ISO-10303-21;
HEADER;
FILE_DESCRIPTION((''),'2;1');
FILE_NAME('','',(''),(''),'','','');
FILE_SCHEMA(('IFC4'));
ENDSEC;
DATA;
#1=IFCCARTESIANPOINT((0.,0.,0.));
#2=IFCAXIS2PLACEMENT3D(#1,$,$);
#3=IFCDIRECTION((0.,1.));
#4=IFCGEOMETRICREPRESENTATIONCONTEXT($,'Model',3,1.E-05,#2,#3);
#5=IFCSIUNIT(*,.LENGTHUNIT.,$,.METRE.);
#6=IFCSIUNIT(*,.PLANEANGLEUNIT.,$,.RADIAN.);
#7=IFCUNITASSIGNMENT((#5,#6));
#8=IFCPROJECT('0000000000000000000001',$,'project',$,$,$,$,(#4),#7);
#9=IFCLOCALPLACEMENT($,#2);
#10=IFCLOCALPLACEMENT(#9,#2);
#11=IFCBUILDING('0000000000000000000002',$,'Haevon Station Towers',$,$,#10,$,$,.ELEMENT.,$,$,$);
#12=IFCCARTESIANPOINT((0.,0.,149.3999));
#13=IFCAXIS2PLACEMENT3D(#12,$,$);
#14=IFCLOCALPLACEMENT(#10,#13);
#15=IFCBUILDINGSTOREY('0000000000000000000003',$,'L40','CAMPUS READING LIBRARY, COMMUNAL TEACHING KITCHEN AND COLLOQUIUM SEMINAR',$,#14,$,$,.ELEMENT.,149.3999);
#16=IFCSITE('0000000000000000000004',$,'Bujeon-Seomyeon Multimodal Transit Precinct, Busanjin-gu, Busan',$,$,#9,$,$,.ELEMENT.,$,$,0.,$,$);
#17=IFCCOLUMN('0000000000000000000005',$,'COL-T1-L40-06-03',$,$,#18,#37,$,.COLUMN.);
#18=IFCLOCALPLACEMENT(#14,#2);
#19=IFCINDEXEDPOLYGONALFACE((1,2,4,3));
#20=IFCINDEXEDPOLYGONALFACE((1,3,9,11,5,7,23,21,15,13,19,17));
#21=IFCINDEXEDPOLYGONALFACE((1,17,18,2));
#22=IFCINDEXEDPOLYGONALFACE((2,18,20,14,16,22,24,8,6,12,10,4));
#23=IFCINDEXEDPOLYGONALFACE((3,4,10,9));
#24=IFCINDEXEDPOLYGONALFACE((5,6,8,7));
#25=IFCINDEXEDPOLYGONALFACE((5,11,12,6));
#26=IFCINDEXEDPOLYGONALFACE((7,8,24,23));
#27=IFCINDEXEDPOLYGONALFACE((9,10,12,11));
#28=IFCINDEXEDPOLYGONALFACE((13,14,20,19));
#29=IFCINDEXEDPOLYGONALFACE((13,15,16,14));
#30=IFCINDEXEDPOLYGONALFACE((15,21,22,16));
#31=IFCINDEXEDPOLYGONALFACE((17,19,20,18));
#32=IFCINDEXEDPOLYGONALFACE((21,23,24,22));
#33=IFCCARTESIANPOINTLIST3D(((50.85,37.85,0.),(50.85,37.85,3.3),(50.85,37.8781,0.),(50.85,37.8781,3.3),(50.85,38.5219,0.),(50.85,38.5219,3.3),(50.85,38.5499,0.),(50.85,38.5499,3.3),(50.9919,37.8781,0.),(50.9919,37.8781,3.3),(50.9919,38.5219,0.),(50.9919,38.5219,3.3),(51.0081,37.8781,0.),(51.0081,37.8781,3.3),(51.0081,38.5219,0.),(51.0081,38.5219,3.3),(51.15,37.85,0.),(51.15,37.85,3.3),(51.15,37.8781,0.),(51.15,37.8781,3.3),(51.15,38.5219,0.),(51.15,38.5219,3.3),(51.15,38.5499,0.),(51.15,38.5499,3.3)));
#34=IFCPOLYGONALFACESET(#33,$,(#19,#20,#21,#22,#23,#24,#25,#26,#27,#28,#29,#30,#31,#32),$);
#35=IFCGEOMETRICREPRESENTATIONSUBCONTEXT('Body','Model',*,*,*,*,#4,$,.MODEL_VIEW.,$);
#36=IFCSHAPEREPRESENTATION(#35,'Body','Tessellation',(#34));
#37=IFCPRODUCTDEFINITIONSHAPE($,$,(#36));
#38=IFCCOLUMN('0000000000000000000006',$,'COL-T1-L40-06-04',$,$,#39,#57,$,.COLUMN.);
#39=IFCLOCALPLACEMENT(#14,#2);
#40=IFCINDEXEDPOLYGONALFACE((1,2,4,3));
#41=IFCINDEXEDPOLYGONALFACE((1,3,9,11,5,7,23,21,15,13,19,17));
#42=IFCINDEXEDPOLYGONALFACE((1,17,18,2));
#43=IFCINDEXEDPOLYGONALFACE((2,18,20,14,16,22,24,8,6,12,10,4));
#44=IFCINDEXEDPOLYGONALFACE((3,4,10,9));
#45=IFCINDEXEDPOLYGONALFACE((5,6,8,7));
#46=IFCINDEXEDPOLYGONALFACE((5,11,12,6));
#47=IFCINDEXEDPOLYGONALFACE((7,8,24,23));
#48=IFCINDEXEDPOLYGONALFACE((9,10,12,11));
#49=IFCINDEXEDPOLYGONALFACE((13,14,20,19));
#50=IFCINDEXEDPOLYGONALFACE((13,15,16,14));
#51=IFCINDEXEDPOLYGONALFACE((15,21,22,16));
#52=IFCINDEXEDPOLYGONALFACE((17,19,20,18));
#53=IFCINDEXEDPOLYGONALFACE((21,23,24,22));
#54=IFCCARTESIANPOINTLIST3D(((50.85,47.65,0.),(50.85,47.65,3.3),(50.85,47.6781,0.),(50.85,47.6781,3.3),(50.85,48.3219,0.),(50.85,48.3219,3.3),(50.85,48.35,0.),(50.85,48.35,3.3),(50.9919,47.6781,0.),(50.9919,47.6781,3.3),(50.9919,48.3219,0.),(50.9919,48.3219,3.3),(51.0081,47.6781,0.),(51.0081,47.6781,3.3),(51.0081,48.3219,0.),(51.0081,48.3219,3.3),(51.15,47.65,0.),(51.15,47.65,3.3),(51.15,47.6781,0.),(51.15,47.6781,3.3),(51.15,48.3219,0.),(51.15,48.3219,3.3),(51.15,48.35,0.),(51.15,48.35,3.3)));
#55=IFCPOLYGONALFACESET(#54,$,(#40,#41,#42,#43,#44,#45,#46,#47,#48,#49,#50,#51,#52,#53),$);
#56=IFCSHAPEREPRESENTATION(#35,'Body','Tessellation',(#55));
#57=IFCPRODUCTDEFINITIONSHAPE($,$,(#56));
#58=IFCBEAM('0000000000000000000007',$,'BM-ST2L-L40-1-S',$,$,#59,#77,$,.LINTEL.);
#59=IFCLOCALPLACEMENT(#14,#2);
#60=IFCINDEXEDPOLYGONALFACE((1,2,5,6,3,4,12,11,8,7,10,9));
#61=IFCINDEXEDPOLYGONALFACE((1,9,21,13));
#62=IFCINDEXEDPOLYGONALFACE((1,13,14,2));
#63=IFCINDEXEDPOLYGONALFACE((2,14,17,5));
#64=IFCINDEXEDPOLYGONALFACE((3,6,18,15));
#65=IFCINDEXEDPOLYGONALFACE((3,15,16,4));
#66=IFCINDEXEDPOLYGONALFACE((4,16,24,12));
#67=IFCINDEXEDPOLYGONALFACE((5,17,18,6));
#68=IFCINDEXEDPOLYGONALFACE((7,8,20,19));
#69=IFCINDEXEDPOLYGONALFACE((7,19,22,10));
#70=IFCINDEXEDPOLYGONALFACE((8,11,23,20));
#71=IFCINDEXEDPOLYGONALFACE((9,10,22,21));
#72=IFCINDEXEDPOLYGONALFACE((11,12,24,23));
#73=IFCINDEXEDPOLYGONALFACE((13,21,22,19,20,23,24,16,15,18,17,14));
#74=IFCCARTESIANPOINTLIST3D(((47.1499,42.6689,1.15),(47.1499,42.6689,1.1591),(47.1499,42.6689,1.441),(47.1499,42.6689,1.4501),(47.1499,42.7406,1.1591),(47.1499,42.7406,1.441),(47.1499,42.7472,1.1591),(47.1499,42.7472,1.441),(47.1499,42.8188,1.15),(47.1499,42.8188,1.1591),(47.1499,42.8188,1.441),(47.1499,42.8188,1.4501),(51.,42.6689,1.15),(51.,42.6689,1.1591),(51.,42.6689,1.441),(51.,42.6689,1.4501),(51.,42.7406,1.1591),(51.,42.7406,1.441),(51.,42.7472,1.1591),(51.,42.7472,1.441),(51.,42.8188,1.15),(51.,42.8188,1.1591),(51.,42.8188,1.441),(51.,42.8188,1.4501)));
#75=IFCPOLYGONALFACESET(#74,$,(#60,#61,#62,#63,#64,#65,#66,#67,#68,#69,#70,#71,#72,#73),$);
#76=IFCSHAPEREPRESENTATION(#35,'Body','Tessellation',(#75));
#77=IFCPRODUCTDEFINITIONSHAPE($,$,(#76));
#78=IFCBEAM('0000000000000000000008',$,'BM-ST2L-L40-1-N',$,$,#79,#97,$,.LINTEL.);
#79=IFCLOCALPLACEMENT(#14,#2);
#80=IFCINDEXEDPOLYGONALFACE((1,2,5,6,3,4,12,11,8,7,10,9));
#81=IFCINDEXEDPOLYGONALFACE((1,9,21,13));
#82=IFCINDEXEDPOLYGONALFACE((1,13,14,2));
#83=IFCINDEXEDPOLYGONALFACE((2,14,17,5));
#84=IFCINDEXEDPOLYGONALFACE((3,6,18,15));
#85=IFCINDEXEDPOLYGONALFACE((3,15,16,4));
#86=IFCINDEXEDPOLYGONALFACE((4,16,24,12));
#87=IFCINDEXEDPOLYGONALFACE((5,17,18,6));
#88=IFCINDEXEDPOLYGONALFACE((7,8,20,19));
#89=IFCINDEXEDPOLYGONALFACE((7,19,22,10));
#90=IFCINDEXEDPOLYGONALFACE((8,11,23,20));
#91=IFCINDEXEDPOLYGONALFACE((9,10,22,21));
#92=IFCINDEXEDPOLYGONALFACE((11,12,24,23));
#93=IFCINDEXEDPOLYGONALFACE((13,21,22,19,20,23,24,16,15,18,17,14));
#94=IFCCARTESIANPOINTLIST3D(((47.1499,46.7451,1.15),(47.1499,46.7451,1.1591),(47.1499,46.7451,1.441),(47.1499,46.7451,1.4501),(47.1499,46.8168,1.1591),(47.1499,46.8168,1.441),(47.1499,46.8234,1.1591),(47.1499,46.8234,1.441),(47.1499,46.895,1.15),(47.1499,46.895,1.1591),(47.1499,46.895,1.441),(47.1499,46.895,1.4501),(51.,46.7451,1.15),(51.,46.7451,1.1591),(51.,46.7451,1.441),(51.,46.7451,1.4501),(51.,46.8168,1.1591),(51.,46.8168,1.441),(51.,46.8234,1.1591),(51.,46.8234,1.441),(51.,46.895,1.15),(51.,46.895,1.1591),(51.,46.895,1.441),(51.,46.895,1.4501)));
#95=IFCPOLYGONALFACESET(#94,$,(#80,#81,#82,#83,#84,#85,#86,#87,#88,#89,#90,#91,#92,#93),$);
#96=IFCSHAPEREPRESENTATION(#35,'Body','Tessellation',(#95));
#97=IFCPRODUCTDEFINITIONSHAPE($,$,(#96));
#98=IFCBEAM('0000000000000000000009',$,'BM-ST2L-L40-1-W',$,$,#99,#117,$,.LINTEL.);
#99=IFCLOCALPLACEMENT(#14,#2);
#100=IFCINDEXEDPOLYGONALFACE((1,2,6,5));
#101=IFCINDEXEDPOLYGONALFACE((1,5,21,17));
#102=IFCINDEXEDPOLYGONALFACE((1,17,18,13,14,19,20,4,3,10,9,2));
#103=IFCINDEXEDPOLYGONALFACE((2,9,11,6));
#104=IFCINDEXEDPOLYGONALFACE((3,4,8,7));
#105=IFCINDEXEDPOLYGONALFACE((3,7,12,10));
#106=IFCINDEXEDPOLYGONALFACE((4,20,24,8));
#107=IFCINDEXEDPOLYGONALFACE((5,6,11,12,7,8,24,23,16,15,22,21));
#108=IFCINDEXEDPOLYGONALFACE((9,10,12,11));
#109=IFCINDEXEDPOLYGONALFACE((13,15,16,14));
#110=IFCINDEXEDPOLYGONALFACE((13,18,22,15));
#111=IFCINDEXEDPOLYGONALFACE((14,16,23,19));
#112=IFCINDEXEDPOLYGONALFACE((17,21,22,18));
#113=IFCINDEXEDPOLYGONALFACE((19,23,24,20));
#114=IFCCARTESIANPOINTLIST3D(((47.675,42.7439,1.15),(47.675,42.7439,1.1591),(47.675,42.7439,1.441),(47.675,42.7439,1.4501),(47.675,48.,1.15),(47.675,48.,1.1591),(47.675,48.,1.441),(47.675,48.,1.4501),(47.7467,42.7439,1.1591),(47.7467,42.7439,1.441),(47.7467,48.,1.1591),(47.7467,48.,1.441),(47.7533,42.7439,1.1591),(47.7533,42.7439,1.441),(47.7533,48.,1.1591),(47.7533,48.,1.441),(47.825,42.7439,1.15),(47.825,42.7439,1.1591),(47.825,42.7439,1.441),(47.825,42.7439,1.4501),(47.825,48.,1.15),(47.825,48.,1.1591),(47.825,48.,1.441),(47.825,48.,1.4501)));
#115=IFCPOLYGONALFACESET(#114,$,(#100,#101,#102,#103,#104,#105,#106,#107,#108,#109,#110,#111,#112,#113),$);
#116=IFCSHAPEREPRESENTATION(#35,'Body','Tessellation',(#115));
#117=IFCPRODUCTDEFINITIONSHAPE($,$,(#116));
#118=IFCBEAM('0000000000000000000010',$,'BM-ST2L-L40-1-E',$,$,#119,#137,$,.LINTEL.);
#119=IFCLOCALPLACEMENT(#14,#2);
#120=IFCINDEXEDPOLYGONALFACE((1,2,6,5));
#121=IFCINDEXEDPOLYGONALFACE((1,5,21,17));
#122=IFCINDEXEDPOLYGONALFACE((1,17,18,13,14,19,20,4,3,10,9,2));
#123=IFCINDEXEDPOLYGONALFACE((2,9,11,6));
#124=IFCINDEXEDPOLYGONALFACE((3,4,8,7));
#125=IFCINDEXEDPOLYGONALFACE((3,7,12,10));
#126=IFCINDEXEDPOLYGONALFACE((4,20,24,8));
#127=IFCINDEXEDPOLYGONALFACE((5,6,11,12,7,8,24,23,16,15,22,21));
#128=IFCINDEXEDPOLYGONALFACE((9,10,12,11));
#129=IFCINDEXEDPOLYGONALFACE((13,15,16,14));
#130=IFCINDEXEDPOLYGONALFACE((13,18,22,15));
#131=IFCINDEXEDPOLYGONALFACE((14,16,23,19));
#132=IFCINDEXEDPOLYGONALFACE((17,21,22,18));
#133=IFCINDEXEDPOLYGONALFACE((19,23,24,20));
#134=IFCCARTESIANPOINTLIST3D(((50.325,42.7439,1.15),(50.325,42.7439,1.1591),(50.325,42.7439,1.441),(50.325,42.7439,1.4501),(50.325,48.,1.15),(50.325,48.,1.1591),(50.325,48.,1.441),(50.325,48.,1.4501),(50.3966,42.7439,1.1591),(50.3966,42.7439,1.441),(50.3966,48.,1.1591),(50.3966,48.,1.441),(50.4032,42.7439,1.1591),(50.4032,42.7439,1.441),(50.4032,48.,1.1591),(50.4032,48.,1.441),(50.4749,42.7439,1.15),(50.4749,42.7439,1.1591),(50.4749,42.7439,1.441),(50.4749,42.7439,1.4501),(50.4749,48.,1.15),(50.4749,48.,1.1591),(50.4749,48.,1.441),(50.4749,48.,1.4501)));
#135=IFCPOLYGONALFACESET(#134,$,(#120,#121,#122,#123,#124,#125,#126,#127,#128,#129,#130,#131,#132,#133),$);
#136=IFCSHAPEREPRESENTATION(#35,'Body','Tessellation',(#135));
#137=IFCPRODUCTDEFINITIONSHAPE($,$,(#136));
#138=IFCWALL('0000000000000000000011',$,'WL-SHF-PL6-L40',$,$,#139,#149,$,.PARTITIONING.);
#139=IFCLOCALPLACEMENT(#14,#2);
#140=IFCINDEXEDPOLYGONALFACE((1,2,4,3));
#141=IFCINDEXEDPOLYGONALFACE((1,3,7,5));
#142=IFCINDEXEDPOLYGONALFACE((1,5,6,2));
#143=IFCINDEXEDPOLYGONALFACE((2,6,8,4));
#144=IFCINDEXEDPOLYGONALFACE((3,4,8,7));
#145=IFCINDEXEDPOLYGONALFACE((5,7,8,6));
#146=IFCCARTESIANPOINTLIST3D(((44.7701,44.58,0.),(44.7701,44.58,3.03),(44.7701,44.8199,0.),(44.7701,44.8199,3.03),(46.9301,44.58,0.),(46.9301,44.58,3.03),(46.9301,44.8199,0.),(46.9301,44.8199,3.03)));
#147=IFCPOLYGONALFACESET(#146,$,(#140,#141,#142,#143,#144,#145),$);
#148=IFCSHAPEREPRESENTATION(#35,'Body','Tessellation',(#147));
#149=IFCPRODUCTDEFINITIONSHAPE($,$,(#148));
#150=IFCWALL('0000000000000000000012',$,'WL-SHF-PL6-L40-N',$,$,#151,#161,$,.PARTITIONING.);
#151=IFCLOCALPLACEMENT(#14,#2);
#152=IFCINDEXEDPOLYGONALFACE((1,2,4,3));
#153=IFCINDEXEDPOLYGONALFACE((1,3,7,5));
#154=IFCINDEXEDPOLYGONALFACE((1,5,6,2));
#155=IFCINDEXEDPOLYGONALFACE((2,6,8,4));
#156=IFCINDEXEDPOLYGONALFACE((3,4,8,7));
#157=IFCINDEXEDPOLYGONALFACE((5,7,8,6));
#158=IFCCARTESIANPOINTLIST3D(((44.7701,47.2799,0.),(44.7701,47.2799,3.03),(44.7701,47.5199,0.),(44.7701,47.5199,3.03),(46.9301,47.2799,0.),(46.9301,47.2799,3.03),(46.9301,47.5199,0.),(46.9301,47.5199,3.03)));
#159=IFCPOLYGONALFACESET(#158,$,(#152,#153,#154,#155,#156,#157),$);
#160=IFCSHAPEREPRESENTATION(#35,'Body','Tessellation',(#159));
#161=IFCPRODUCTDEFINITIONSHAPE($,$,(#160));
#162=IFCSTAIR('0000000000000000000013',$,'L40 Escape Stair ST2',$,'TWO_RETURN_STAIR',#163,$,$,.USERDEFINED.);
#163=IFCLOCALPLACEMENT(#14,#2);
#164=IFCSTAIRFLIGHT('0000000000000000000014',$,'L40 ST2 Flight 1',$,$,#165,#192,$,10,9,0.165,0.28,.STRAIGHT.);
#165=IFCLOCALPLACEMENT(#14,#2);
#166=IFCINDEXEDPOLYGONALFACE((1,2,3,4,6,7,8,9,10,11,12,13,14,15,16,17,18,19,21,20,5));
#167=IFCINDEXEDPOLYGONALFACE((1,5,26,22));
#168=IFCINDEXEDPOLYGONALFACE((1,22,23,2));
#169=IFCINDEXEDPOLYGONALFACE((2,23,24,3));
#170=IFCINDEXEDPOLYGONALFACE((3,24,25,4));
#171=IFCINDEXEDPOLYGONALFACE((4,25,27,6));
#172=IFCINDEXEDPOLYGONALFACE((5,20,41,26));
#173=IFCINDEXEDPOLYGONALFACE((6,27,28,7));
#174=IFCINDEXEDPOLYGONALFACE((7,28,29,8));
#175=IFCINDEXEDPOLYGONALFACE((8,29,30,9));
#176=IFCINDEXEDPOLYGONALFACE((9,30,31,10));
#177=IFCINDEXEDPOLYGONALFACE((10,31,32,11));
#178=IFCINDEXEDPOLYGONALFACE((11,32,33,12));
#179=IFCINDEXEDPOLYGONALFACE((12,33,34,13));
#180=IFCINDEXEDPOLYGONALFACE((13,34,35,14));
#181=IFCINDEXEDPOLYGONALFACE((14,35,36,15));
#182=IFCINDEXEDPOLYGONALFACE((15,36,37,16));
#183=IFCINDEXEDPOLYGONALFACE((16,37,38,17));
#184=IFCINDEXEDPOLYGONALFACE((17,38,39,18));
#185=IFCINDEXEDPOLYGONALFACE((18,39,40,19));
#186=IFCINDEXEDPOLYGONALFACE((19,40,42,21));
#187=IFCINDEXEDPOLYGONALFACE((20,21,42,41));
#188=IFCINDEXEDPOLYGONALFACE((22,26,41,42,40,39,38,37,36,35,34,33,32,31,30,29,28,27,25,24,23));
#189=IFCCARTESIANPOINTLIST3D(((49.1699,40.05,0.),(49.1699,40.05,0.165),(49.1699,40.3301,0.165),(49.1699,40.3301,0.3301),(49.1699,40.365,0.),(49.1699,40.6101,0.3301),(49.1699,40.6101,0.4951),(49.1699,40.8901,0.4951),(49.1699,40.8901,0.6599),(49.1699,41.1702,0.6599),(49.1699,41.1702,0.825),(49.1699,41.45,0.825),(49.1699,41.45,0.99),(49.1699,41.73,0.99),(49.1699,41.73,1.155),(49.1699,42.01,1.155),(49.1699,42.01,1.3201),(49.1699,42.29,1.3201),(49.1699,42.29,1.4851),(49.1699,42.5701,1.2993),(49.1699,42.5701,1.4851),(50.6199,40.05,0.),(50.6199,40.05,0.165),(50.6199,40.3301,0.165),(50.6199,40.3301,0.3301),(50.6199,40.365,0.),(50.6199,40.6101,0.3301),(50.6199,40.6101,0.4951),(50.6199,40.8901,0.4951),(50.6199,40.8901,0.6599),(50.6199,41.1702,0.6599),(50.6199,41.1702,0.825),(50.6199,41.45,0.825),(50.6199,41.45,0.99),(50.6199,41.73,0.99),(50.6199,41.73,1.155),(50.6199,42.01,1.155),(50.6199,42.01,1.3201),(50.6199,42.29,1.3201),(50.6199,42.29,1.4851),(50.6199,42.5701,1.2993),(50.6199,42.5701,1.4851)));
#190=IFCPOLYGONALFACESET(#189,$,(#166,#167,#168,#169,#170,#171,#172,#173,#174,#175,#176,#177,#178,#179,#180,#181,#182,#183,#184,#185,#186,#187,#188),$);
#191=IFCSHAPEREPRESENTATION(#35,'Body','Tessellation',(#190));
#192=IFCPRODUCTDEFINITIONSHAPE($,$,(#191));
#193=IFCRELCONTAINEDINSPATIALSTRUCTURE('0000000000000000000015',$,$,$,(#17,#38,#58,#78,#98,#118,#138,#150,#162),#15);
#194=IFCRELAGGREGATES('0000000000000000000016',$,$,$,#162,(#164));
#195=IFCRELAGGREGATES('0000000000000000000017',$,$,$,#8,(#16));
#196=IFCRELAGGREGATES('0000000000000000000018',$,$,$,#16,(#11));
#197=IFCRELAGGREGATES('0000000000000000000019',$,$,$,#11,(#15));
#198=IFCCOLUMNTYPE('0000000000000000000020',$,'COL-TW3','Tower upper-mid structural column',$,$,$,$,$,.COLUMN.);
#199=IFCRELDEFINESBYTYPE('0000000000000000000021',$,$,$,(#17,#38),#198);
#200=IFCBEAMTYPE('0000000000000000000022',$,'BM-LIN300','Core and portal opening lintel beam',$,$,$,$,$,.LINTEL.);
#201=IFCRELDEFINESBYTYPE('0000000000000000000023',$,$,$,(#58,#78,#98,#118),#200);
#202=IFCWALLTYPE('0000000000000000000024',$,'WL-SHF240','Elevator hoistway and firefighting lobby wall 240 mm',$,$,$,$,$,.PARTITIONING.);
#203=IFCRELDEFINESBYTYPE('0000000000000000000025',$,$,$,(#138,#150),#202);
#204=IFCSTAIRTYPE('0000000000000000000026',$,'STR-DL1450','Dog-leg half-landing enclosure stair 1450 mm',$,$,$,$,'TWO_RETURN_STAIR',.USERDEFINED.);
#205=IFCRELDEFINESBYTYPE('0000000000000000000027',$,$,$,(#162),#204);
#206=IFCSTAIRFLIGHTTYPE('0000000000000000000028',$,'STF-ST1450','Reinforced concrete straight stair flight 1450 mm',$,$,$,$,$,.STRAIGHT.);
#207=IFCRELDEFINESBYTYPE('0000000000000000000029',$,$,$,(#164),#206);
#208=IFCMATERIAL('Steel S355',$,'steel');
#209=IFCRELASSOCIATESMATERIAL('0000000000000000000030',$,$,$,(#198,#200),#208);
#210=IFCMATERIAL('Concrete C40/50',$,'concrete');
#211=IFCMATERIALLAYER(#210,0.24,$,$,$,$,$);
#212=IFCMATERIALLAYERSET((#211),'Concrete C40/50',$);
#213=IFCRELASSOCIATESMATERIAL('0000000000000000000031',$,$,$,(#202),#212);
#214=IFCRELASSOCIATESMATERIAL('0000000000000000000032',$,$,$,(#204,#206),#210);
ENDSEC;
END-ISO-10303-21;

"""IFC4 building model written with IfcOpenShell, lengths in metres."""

from ifc_helpers import new_model, si_unit, direction, frame, frame_2d, origin, origin_2d, place, context, subcontext, project, spatial, polyline, rectangle, i_section, outline, extrude, material, layer, layer_set, material_profile, profile_set, type_object, element, aggregate, save


model = new_model("IFC4")

# Units and contexts
model_context = context("Model", 3, precision=1e-05, world=origin(), true_north=direction((0.0, 1.0)))
body_context = subcontext(model_context, "Body", "Model", "MODEL_VIEW")
ifc_project = project(units=[si_unit("LENGTHUNIT", "METRE"), si_unit("PLANEANGLEUNIT", "RADIAN")], contexts=[model_context])

# Site, building, storey
site_placement = place(None, origin())
site = spatial("IfcSite", under=ifc_project, at=site_placement, Name="Bujeon-Seomyeon Multimodal Transit Precinct, Busanjin-gu, Busan", CompositionType="ELEMENT", RefElevation=0.0)
building_placement = place(site_placement, origin())
building = spatial("IfcBuilding", under=site, at=building_placement, Name="Haevon Station Towers", CompositionType="ELEMENT")
storey_placement = place(building_placement, frame((0.0, 0.0, 149.3999)))
storey = spatial("IfcBuildingStorey", under=building, at=storey_placement, Name="L40", Description="CAMPUS READING LIBRARY, COMMUNAL TEACHING KITCHEN AND COLLOQUIUM SEMINAR", CompositionType="ELEMENT", Elevation=149.3999)

# Columns
ifc_material_1 = material(Name="Steel S355", Category="steel")
ifc_material_profile_1 = material_profile(ifc_material_1, i_section(OverallWidth=0.3, OverallDepth=0.7, WebThickness=0.0161, FlangeThickness=0.0281, at=origin_2d()), Name="H-700x300x16x28")
ifc_profile_set_1 = profile_set([ifc_material_profile_1], Name="Steel S355")
column_type = type_object("IfcColumnType", Name="COL-TW3", Description="Tower upper-mid structural column", PredefinedType="COLUMN", material=ifc_profile_set_1)
for number, where, z_axis, x_axis, name in (
    (1, (51.0, 38.2, 0.0), (0.0, 0.0, 1.0), (1.0, 0.0, 0.0), "COL-T1-L40-06-03"),
    (2, (51.0, 48.0, 0.0), (0.0, 0.0, 1.0), (1.0, 0.0, 0.0), "COL-T1-L40-06-04"),
):
    element("IfcColumn", number, at=place(storey_placement, frame(where, z_axis=z_axis, x_axis=x_axis)), inside=storey, type_object=column_type, Name=name, PredefinedType="COLUMN", context=body_context, shape_type="SweptSolid", body=[
        extrude(i_section(OverallWidth=0.3, OverallDepth=0.7, WebThickness=0.0161, FlangeThickness=0.0281, at=origin_2d()), origin(), (0.0, 0.0, 1.0), 3.3),
    ])

# Beams
ifc_material_profile_2 = material_profile(ifc_material_1, i_section(OverallWidth=0.1499, OverallDepth=0.3, WebThickness=0.0066, FlangeThickness=0.009, at=origin_2d()), Name="H-300x150x6.5x9")
ifc_profile_set_2 = profile_set([ifc_material_profile_2], Name="Steel S355")
beam_type = type_object("IfcBeamType", Name="BM-LIN300", Description="Core and portal opening lintel beam", PredefinedType="LINTEL", material=ifc_profile_set_2)
for number, where, z_axis, x_axis, name in (
    (3, (47.1499, 42.7439, 1.3), (1.0, 0.0, 0.0), (0.0, 1.0, 0.0), "BM-ST2L-L40-1-S"),
    (4, (47.1499, 46.8201, 1.3), (1.0, 0.0, 0.0), (0.0, 1.0, 0.0), "BM-ST2L-L40-1-N"),
):
    element("IfcBeam", number, at=place(storey_placement, frame(where, z_axis=z_axis, x_axis=x_axis)), inside=storey, type_object=beam_type, Name=name, PredefinedType="LINTEL", context=body_context, shape_type="SweptSolid", body=[
        extrude(i_section(OverallWidth=0.1499, OverallDepth=0.3, WebThickness=0.0066, FlangeThickness=0.009, at=origin_2d()), origin(), (0.0, 0.0, 1.0), 3.8501),
    ])
for number, where, z_axis, x_axis, name in (
    (5, (47.75, 42.7439, 1.3), (0.0, 1.0, 0.0), (-1.0, 0.0, 0.0), "BM-ST2L-L40-1-W"),
    (6, (50.3999, 42.7439, 1.3), (0.0, 1.0, 0.0), (-1.0, 0.0, 0.0), "BM-ST2L-L40-1-E"),
):
    element("IfcBeam", number, at=place(storey_placement, frame(where, z_axis=z_axis, x_axis=x_axis)), inside=storey, type_object=beam_type, Name=name, PredefinedType="LINTEL", context=body_context, shape_type="SweptSolid", body=[
        extrude(i_section(OverallWidth=0.1499, OverallDepth=0.3, WebThickness=0.0066, FlangeThickness=0.009, at=origin_2d()), origin(), (0.0, 0.0, 1.0), 5.2561),
    ])

# Walls
ifc_material_2 = material(Name="Concrete C40/50", Category="concrete")
ifc_layer = layer(ifc_material_2, 0.24)
ifc_layer_set = layer_set([ifc_layer], Name="Concrete C40/50")
wall_type = type_object("IfcWallType", Name="WL-SHF240", Description="Elevator hoistway and firefighting lobby wall 240 mm", PredefinedType="PARTITIONING", material=ifc_layer_set)
for number, where, z_axis, x_axis, name in (
    (7, (44.77, 44.7, 0.0), (0.0, 0.0, 1.0), (1.0, 0.0, 0.0), "WL-SHF-PL6-L40"),
    (8, (44.77, 47.3999, 0.0), (0.0, 0.0, 1.0), (1.0, 0.0, 0.0), "WL-SHF-PL6-L40-N"),
):
    element("IfcWall", number, at=place(storey_placement, frame(where, z_axis=z_axis, x_axis=x_axis)), inside=storey, type_object=wall_type, Name=name, PredefinedType="PARTITIONING", context=body_context, shape_type="SweptSolid", body=[
        extrude(rectangle(XDim=2.1599, YDim=0.24, at=frame_2d((1.0801, 0.0))), origin(), (0.0, 0.0, 1.0), 3.03),
    ])

# Stair, stair flight
stair_type = type_object("IfcStairType", Name="STR-DL1450", Description="Dog-leg half-landing enclosure stair 1450 mm", ElementType="TWO_RETURN_STAIR", PredefinedType="USERDEFINED", material=ifc_material_2)
stair_placement = place(storey_placement, origin())
stair = element("IfcStair", 9, at=stair_placement, inside=storey, type_object=stair_type, Name="L40 Escape Stair ST2", ObjectType="TWO_RETURN_STAIR", PredefinedType="USERDEFINED")
stair_flight_type = type_object("IfcStairFlightType", Name="STF-ST1450", Description="Reinforced concrete straight stair flight 1450 mm", PredefinedType="STRAIGHT", material=ifc_material_2)
stair_flight_1_placement = place(storey_placement, frame((49.895, 40.05, 0.0), z_axis=(0.0, 0.0, 1.0), x_axis=(0.0, 1.0, 0.0)))
stair_flight_1 = element("IfcStairFlight", 10, at=stair_flight_1_placement, type_object=stair_flight_type, Name="L40 ST2 Flight 1", NumberOfRisers=10, NumberOfTreads=9, PredefinedType="STRAIGHT", RiserHeight=0.165, TreadLength=0.28, context=body_context, shape_type="SweptSolid", body=[
    extrude(outline(polyline([(0.0, 0.0), (0.0, 0.165), (0.28, 0.165), (0.28, 0.3301), (0.5601, 0.3301), (0.5601, 0.4951), (0.8401, 0.4951), (0.8401, 0.6599), (1.1201, 0.6599), (1.1201, 0.825), (1.3999, 0.825), (1.3999, 0.99), (1.6799, 0.99), (1.6799, 1.155), (1.96, 1.155), (1.96, 1.3201), (2.24, 1.3201), (2.24, 1.4851), (2.52, 1.4851), (2.52, 1.6499), (2.52, 1.2993), (0.3149, 0.0), (0.0, 0.0)])), frame((0.0, 0.7251, 0.0), z_axis=(0.0, -1.0, 0.0), x_axis=(1.0, 0.0, 0.0)), (0.0, 0.0, 1.0), 1.45),
])
aggregate(stair, [stair_flight_1])

save(model, "model.ifc")
